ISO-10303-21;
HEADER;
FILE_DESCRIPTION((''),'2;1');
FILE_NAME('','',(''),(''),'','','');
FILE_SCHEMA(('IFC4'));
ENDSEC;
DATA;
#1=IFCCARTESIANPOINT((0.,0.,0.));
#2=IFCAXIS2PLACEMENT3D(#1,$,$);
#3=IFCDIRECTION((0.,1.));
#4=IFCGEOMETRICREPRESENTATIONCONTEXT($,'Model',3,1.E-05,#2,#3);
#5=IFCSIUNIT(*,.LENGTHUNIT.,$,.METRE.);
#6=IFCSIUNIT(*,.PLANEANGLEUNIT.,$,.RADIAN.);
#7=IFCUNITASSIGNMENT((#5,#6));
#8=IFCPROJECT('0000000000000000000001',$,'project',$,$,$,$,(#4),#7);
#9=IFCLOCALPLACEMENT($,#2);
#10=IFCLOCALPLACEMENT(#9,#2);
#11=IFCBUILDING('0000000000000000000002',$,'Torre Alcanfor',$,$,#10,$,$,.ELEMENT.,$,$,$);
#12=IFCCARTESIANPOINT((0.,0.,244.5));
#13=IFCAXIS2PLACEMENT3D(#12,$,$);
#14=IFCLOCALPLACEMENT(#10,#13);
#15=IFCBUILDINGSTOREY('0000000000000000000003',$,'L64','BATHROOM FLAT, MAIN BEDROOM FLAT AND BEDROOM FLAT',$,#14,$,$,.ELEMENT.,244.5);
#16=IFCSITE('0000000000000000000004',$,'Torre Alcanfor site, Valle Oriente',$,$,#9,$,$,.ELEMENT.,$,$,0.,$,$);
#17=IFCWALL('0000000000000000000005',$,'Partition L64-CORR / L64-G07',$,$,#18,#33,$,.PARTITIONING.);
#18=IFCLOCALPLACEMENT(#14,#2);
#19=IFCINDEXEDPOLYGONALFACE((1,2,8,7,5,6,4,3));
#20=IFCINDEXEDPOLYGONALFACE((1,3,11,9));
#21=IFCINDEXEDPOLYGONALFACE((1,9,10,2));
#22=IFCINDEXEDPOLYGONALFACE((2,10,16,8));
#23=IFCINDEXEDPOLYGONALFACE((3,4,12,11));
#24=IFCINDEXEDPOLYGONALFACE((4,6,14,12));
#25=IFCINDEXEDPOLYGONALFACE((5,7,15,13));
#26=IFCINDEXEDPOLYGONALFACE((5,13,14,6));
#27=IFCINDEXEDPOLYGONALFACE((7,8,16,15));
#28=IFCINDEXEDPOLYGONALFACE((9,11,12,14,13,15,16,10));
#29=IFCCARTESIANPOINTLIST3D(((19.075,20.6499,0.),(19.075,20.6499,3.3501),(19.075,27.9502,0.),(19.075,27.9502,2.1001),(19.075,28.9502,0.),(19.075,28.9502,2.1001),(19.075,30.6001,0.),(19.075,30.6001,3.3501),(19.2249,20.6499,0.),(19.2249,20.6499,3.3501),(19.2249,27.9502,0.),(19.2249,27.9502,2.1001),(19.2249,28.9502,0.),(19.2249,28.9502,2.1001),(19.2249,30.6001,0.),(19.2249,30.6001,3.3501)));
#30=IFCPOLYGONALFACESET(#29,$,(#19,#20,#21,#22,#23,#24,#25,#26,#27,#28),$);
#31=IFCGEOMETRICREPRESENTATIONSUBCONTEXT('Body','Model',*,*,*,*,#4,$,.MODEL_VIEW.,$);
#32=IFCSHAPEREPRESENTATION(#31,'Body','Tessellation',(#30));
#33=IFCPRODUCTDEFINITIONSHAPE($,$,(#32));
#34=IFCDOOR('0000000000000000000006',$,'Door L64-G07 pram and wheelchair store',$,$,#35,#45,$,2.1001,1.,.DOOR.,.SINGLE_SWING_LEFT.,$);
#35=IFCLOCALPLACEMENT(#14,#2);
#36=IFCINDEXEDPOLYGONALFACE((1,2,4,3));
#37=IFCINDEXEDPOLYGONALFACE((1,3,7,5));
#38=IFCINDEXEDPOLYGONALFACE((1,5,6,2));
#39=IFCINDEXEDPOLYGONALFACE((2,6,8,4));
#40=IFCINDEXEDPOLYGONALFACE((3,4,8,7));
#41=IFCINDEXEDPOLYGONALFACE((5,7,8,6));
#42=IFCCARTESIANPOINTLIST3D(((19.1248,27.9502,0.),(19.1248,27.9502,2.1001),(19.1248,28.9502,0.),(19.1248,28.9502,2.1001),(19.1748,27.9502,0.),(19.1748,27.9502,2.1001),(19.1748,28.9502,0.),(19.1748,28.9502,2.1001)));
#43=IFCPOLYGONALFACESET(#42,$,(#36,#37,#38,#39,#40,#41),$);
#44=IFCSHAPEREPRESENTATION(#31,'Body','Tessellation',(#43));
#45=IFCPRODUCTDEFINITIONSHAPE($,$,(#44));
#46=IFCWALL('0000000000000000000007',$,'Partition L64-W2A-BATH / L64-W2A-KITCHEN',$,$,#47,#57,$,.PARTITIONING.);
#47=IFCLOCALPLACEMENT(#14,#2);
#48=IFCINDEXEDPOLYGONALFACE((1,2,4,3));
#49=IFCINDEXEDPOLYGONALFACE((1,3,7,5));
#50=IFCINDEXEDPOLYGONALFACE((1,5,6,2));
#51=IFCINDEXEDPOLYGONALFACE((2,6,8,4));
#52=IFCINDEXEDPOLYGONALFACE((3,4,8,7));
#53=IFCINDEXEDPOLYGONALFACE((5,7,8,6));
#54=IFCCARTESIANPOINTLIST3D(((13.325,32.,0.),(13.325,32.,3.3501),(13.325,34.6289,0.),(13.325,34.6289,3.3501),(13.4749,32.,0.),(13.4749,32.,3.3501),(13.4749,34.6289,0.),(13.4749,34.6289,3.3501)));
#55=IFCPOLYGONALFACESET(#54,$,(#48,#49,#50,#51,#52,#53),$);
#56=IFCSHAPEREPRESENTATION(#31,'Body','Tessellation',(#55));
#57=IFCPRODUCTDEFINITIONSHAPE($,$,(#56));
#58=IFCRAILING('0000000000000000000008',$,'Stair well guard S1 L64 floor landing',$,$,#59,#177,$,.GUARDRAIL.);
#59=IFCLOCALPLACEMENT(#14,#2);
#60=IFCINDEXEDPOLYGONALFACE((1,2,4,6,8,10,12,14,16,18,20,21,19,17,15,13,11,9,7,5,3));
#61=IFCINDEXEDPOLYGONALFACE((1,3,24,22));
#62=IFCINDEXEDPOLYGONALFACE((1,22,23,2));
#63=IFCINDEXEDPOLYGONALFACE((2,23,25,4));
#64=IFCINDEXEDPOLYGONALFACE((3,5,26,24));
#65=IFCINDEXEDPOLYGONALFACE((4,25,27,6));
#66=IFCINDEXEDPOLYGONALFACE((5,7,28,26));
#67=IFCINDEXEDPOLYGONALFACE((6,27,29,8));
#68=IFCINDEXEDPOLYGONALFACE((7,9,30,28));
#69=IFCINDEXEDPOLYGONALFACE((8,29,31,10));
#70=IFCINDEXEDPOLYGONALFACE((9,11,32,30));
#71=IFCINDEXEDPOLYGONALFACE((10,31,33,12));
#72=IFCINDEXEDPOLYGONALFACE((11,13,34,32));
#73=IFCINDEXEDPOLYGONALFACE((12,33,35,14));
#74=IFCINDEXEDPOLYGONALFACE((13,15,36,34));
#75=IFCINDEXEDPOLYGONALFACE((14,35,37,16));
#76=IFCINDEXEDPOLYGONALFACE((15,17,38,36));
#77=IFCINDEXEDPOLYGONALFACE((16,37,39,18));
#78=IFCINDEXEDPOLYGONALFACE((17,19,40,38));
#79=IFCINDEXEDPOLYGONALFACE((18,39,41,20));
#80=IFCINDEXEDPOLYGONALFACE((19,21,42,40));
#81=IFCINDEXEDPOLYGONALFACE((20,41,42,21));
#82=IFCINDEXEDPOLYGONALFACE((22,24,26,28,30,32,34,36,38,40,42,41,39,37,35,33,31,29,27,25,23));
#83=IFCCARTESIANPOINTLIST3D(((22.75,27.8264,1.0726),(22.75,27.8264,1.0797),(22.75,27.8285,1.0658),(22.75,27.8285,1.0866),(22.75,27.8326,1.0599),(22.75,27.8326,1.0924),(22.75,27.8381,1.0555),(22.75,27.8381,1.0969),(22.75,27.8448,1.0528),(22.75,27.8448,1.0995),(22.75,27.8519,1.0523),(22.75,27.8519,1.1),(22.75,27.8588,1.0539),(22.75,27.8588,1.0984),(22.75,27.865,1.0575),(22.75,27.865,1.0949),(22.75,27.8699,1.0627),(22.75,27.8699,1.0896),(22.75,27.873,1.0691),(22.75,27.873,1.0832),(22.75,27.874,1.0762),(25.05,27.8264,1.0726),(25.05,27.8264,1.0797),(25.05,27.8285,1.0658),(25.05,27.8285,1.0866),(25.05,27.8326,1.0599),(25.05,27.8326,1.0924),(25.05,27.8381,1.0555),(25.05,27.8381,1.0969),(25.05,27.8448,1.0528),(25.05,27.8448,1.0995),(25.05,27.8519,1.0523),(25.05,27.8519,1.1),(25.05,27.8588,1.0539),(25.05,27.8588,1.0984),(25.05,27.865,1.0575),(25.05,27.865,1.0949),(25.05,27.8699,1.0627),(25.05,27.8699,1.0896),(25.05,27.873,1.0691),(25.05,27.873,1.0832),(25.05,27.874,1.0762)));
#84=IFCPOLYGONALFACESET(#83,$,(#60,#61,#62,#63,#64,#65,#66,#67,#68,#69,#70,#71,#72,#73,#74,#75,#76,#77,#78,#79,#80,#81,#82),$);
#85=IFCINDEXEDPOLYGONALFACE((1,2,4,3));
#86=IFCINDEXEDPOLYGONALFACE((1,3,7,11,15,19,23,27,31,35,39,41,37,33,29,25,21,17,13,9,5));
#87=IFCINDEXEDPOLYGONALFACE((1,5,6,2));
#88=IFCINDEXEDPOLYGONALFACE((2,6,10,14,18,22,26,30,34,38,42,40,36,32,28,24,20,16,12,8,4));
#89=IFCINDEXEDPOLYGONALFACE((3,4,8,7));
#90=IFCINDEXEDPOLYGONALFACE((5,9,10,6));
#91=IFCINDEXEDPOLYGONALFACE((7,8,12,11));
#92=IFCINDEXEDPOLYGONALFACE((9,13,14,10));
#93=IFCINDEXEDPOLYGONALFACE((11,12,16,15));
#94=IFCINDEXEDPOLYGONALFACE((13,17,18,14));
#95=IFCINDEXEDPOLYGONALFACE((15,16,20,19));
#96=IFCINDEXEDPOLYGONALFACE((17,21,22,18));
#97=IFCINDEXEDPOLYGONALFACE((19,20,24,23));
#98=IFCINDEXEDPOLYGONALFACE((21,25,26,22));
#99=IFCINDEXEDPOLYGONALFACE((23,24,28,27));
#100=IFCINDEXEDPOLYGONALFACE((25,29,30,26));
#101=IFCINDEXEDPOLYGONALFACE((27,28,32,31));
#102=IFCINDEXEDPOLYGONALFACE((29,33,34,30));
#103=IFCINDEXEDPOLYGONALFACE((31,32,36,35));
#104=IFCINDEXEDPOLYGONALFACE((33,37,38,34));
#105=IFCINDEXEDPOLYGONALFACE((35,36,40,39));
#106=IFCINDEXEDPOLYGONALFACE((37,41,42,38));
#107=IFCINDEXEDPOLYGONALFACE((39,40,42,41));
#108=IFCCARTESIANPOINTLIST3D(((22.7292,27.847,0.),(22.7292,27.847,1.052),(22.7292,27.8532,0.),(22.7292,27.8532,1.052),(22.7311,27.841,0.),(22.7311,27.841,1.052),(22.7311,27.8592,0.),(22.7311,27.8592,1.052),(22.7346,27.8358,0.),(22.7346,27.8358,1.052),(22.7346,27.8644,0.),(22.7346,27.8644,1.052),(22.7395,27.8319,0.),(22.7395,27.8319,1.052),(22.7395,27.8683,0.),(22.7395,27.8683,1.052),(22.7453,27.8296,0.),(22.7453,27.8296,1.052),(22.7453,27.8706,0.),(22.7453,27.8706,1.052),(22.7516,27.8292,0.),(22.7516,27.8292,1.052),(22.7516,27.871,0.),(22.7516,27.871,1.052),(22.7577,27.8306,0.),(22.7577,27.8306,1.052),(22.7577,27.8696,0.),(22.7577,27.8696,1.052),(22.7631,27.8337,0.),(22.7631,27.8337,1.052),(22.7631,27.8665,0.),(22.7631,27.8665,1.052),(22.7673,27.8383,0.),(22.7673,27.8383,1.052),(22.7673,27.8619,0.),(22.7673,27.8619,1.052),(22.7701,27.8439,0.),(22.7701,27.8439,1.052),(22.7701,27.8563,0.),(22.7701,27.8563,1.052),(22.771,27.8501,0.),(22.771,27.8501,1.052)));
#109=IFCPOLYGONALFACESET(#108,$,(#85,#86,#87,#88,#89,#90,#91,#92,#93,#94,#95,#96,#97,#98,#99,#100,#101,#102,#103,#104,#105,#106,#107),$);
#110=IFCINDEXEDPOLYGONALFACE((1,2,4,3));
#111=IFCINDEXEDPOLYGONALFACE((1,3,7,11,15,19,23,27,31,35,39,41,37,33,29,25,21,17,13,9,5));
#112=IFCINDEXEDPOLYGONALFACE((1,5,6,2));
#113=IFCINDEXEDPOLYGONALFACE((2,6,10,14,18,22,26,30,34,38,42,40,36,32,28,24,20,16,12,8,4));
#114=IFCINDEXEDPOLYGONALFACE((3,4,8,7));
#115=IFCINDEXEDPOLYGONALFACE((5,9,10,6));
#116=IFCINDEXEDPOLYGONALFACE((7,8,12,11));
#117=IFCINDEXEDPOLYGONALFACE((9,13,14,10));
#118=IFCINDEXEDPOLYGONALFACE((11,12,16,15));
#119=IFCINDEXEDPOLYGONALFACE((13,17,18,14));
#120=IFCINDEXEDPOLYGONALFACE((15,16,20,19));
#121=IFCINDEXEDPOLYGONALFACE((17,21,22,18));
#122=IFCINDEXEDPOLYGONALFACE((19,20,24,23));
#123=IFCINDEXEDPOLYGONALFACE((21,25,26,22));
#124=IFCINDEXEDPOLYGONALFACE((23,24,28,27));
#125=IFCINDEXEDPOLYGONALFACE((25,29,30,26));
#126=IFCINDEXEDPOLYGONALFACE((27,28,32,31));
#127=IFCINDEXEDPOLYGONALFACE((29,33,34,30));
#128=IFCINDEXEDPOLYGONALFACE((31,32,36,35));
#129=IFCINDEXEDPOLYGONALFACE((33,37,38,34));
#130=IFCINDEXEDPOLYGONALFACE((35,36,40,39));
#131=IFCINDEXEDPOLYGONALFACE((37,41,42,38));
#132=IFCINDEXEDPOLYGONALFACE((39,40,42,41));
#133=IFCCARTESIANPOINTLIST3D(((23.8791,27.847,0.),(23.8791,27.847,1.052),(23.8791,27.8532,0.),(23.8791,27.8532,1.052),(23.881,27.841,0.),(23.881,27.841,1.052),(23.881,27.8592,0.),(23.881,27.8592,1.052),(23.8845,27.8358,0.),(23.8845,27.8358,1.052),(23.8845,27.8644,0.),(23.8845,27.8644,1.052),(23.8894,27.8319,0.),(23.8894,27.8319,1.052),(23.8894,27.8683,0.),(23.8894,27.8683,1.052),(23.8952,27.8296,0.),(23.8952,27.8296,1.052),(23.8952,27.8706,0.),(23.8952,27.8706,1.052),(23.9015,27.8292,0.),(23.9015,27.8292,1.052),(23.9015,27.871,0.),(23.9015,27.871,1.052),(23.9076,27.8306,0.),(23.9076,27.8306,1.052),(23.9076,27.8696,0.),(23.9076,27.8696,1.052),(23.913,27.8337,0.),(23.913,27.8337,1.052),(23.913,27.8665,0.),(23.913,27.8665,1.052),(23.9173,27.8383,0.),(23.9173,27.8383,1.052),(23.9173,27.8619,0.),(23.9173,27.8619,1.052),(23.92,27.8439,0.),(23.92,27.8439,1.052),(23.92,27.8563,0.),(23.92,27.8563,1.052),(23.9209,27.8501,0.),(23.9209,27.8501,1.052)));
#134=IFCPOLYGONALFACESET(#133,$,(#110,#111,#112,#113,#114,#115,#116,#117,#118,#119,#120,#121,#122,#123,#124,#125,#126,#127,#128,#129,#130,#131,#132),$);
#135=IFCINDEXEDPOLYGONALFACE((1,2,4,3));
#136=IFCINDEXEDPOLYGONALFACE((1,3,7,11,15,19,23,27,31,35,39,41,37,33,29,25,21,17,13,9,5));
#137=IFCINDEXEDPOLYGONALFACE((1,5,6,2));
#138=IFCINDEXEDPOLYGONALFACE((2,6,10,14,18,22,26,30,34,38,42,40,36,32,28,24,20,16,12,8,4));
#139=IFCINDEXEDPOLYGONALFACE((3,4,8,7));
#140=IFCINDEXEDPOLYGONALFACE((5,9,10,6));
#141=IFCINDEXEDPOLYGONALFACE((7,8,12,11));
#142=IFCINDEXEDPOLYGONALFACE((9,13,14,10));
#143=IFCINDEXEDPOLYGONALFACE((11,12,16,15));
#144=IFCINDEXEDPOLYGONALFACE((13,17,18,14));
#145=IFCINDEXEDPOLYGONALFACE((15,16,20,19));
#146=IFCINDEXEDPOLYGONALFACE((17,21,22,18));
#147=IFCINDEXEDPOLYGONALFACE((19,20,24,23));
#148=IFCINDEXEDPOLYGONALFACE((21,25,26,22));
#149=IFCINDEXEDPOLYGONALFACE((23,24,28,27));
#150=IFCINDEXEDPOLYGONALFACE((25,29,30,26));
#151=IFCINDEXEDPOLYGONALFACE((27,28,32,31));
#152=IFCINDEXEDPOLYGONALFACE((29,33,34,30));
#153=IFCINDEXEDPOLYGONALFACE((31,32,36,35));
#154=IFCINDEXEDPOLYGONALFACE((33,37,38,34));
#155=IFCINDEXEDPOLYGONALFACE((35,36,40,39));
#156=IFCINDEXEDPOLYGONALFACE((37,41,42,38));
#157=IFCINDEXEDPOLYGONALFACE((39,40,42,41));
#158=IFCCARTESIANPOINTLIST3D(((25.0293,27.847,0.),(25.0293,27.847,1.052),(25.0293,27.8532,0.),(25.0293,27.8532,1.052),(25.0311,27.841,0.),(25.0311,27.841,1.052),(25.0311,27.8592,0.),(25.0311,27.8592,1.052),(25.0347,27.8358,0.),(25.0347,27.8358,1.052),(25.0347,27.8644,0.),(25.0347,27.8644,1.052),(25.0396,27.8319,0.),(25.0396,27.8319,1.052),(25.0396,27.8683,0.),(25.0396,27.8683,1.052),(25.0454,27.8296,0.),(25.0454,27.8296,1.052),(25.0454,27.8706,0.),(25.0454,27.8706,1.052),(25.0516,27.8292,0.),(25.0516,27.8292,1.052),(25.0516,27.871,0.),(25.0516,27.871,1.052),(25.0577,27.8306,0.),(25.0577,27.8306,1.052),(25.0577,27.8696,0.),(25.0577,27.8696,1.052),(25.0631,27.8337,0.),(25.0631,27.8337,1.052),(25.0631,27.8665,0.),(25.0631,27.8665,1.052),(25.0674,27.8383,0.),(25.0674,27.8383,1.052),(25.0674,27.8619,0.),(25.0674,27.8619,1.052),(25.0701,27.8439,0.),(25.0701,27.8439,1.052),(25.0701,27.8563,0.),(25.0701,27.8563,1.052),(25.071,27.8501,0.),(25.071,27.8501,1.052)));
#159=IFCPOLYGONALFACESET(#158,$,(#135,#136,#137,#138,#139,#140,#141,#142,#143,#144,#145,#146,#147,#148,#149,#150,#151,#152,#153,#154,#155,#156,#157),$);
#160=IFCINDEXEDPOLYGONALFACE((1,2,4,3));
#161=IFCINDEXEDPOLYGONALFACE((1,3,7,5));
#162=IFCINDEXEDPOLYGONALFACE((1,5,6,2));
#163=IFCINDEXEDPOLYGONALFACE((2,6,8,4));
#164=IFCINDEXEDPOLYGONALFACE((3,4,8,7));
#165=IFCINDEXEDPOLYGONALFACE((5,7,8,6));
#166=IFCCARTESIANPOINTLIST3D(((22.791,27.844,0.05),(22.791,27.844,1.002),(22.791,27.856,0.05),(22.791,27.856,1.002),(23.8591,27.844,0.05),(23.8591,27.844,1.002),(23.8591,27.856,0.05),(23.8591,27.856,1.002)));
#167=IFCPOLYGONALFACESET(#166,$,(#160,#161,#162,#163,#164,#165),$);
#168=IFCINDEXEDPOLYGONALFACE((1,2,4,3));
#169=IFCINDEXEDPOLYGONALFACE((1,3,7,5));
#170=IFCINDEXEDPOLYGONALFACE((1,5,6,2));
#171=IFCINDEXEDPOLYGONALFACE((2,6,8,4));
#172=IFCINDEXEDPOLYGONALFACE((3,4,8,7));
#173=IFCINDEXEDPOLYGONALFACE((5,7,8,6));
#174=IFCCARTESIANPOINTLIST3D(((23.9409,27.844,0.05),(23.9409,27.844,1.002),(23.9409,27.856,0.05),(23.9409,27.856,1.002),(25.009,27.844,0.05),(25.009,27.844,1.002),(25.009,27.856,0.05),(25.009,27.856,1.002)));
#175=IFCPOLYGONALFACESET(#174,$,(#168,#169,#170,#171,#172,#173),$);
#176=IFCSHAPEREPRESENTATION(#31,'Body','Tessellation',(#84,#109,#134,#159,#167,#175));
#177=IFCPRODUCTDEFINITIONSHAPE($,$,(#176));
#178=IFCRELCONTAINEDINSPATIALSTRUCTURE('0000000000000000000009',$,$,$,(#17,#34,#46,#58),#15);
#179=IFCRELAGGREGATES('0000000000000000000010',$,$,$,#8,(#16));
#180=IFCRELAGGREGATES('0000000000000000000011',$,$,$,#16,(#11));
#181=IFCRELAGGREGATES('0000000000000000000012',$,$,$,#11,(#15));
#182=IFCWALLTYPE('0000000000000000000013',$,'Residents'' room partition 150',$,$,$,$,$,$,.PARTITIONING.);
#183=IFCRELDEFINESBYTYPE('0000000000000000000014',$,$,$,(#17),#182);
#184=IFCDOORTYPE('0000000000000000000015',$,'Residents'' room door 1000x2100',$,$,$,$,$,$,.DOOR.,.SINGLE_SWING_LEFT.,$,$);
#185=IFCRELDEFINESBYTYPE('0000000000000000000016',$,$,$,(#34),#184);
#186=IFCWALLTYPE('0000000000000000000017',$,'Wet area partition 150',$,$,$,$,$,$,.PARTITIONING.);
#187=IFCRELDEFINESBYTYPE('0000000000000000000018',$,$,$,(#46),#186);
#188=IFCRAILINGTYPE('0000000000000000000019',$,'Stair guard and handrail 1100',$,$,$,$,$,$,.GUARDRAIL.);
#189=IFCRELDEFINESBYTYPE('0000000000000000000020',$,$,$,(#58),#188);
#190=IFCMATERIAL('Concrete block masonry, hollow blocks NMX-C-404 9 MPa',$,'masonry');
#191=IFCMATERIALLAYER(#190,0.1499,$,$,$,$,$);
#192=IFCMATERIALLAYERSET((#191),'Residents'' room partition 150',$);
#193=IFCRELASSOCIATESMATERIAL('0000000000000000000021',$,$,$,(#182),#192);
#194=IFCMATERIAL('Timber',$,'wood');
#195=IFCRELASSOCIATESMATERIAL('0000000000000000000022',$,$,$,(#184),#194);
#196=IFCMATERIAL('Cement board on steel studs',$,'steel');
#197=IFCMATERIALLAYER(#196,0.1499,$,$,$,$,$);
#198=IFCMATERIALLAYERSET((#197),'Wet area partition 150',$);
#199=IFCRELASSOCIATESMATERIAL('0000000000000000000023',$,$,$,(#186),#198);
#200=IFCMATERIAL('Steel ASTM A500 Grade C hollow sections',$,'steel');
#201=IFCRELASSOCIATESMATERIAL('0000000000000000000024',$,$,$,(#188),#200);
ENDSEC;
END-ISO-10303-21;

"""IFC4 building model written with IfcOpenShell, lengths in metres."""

from ifc_helpers import new_model, si_unit, direction, frame, frame_2d, origin, origin_2d, place, context, subcontext, project, spatial, polyline, rectangle, circle, outline, extrude, material, layer, layer_set, type_object, element, fill, save


model = new_model("IFC4")

# Units and contexts
model_context = context("Model", 3, precision=1e-05, world=origin(), true_north=direction((0.0, 1.0)))
body_context = subcontext(model_context, "Body", "Model", "MODEL_VIEW")
ifc_project = project(units=[si_unit("LENGTHUNIT", "METRE"), si_unit("PLANEANGLEUNIT", "RADIAN")], contexts=[model_context])

# Site, building, storey
site_placement = place(None, origin())
site = spatial("IfcSite", under=ifc_project, at=site_placement, Name="Torre Alcanfor site, Valle Oriente", CompositionType="ELEMENT", RefElevation=0.0)
building_placement = place(site_placement, origin())
building = spatial("IfcBuilding", under=site, at=building_placement, Name="Torre Alcanfor", CompositionType="ELEMENT")
storey_placement = place(building_placement, frame((0.0, 0.0, 244.5)))
storey = spatial("IfcBuildingStorey", under=building, at=storey_placement, Name="L64", Description="BATHROOM FLAT, MAIN BEDROOM FLAT AND BEDROOM FLAT", CompositionType="ELEMENT", Elevation=244.5)

# Shared definitions
ifc_material_1 = material(Name="Concrete block masonry, hollow blocks NMX-C-404 9 MPa", Category="masonry")
ifc_layer_1 = layer(ifc_material_1, 0.1499)
ifc_layer_set_1 = layer_set([ifc_layer_1], Name="Residents' room partition 150")
wall_type_1 = type_object("IfcWallType", Name="Residents' room partition 150", PredefinedType="PARTITIONING", material=ifc_layer_set_1)

# Wall, opening, door
wall_1_placement = place(storey_placement, frame((19.1499, 30.6001, 0.0), z_axis=(0.0, 0.0, 1.0), x_axis=(0.0, -1.0, 0.0)))
wall_1 = element("IfcWall", 1, at=wall_1_placement, inside=storey, type_object=wall_type_1, Name="Partition L64-CORR / L64-G07", PredefinedType="PARTITIONING", context=body_context, shape_type="SweptSolid", body=[
    extrude(rectangle(XDim=9.9502, YDim=0.1499, at=frame_2d((4.9751, 0.0))), origin(), (0.0, 0.0, 1.0), 3.3501),
])
opening_1_placement = place(wall_1_placement, frame((1.6499, 0.0, 0.0)))
opening_1 = element("IfcOpeningElement", 2, at=opening_1_placement, cuts=wall_1, PredefinedType="OPENING", context=body_context, shape_type="SweptSolid", body=[
    extrude(rectangle(XDim=1.0, YDim=2.1001, at=frame_2d((0.5, 1.05))), frame((0.0, 0.085, 0.0), z_axis=(0.0, -1.0, 0.0), x_axis=(1.0, 0.0, 0.0)), (0.0, 0.0, 1.0), 0.1699),
])
ifc_material_2 = material(Name="Timber", Category="wood")
door_type_1 = type_object("IfcDoorType", Name="Residents' room door 1000x2100", OperationType="SINGLE_SWING_LEFT", PredefinedType="DOOR", material=ifc_material_2)
door_1_placement = place(opening_1_placement, origin())
door_1 = element("IfcDoor", 3, at=door_1_placement, inside=storey, type_object=door_type_1, Name="Door L64-G07 pram and wheelchair store", OperationType="SINGLE_SWING_LEFT", OverallHeight=2.1001, OverallWidth=1.0, PredefinedType="DOOR", context=body_context, shape_type="SweptSolid", body=[
    extrude(rectangle(XDim=1.0, YDim=2.1001, at=frame_2d((0.5, 1.05))), frame((0.0, 0.0249, 0.0), z_axis=(0.0, -1.0, 0.0), x_axis=(1.0, 0.0, 0.0)), (0.0, 0.0, 1.0), 0.05),
])
fill(opening_1, door_1)

# Wall
ifc_material_3 = material(Name="Cement board on steel studs", Category="steel")
ifc_layer_2 = layer(ifc_material_3, 0.1499)
ifc_layer_set_2 = layer_set([ifc_layer_2], Name="Wet area partition 150")
wall_type_2 = type_object("IfcWallType", Name="Wet area partition 150", PredefinedType="PARTITIONING", material=ifc_layer_set_2)
wall_2_placement = place(storey_placement, frame((13.3999, 32.0, 0.0), z_axis=(0.0, 0.0, 1.0), x_axis=(0.0, 1.0, 0.0)))
element("IfcWall", 4, at=wall_2_placement, inside=storey, type_object=wall_type_2, Name="Partition L64-W2A-BATH / L64-W2A-KITCHEN", PredefinedType="PARTITIONING", context=body_context, shape_type="SweptSolid", body=[
    extrude(rectangle(XDim=2.6289, YDim=0.1499, at=frame_2d((1.3145, 0.0))), origin(), (0.0, 0.0, 1.0), 3.3501),
])

# Railing
ifc_material_4 = material(Name="Steel ASTM A500 Grade C hollow sections", Category="steel")
railing_type = type_object("IfcRailingType", Name="Stair guard and handrail 1100", PredefinedType="GUARDRAIL", material=ifc_material_4)
railing_1_placement = place(storey_placement, frame((22.75, 27.8501, 0.0)))
element("IfcRailing", 5, at=railing_1_placement, inside=storey, type_object=railing_type, Name="Stair well guard S1 L64 floor landing", PredefinedType="GUARDRAIL", context=body_context, shape_type="SweptSolid", body=[
    extrude(circle(Radius=0.0239, at=origin_2d()), frame((0.0, 0.0, 1.0762), z_axis=(1.0, 0.0, 0.0), x_axis=(0.0, 1.0, 0.0)), (0.0, 0.0, 1.0), 2.3),
    extrude(circle(Radius=0.021, at=origin_2d()), origin(), (0.0, 0.0, 1.0), 1.052),
    extrude(circle(Radius=0.021, at=origin_2d()), frame((1.1499, 0.0, 0.0)), (0.0, 0.0, 1.0), 1.052),
    extrude(circle(Radius=0.021, at=origin_2d()), frame((2.3, 0.0, 0.0)), (0.0, 0.0, 1.0), 1.052),
    extrude(outline(polyline([(0.041, 0.05), (1.1091, 0.05), (1.1091, 1.002), (0.041, 1.002), (0.041, 0.05)])), frame((0.0, 0.0059, 0.0), z_axis=(0.0, -1.0, 0.0), x_axis=(1.0, 0.0, 0.0)), (0.0, 0.0, 1.0), 0.012),
    extrude(outline(polyline([(1.1909, 0.05), (2.259, 0.05), (2.259, 1.002), (1.1909, 1.002), (1.1909, 0.05)])), frame((0.0, 0.0059, 0.0), z_axis=(0.0, -1.0, 0.0), x_axis=(1.0, 0.0, 0.0)), (0.0, 0.0, 1.0), 0.012),
])

save(model, "model.ifc")
